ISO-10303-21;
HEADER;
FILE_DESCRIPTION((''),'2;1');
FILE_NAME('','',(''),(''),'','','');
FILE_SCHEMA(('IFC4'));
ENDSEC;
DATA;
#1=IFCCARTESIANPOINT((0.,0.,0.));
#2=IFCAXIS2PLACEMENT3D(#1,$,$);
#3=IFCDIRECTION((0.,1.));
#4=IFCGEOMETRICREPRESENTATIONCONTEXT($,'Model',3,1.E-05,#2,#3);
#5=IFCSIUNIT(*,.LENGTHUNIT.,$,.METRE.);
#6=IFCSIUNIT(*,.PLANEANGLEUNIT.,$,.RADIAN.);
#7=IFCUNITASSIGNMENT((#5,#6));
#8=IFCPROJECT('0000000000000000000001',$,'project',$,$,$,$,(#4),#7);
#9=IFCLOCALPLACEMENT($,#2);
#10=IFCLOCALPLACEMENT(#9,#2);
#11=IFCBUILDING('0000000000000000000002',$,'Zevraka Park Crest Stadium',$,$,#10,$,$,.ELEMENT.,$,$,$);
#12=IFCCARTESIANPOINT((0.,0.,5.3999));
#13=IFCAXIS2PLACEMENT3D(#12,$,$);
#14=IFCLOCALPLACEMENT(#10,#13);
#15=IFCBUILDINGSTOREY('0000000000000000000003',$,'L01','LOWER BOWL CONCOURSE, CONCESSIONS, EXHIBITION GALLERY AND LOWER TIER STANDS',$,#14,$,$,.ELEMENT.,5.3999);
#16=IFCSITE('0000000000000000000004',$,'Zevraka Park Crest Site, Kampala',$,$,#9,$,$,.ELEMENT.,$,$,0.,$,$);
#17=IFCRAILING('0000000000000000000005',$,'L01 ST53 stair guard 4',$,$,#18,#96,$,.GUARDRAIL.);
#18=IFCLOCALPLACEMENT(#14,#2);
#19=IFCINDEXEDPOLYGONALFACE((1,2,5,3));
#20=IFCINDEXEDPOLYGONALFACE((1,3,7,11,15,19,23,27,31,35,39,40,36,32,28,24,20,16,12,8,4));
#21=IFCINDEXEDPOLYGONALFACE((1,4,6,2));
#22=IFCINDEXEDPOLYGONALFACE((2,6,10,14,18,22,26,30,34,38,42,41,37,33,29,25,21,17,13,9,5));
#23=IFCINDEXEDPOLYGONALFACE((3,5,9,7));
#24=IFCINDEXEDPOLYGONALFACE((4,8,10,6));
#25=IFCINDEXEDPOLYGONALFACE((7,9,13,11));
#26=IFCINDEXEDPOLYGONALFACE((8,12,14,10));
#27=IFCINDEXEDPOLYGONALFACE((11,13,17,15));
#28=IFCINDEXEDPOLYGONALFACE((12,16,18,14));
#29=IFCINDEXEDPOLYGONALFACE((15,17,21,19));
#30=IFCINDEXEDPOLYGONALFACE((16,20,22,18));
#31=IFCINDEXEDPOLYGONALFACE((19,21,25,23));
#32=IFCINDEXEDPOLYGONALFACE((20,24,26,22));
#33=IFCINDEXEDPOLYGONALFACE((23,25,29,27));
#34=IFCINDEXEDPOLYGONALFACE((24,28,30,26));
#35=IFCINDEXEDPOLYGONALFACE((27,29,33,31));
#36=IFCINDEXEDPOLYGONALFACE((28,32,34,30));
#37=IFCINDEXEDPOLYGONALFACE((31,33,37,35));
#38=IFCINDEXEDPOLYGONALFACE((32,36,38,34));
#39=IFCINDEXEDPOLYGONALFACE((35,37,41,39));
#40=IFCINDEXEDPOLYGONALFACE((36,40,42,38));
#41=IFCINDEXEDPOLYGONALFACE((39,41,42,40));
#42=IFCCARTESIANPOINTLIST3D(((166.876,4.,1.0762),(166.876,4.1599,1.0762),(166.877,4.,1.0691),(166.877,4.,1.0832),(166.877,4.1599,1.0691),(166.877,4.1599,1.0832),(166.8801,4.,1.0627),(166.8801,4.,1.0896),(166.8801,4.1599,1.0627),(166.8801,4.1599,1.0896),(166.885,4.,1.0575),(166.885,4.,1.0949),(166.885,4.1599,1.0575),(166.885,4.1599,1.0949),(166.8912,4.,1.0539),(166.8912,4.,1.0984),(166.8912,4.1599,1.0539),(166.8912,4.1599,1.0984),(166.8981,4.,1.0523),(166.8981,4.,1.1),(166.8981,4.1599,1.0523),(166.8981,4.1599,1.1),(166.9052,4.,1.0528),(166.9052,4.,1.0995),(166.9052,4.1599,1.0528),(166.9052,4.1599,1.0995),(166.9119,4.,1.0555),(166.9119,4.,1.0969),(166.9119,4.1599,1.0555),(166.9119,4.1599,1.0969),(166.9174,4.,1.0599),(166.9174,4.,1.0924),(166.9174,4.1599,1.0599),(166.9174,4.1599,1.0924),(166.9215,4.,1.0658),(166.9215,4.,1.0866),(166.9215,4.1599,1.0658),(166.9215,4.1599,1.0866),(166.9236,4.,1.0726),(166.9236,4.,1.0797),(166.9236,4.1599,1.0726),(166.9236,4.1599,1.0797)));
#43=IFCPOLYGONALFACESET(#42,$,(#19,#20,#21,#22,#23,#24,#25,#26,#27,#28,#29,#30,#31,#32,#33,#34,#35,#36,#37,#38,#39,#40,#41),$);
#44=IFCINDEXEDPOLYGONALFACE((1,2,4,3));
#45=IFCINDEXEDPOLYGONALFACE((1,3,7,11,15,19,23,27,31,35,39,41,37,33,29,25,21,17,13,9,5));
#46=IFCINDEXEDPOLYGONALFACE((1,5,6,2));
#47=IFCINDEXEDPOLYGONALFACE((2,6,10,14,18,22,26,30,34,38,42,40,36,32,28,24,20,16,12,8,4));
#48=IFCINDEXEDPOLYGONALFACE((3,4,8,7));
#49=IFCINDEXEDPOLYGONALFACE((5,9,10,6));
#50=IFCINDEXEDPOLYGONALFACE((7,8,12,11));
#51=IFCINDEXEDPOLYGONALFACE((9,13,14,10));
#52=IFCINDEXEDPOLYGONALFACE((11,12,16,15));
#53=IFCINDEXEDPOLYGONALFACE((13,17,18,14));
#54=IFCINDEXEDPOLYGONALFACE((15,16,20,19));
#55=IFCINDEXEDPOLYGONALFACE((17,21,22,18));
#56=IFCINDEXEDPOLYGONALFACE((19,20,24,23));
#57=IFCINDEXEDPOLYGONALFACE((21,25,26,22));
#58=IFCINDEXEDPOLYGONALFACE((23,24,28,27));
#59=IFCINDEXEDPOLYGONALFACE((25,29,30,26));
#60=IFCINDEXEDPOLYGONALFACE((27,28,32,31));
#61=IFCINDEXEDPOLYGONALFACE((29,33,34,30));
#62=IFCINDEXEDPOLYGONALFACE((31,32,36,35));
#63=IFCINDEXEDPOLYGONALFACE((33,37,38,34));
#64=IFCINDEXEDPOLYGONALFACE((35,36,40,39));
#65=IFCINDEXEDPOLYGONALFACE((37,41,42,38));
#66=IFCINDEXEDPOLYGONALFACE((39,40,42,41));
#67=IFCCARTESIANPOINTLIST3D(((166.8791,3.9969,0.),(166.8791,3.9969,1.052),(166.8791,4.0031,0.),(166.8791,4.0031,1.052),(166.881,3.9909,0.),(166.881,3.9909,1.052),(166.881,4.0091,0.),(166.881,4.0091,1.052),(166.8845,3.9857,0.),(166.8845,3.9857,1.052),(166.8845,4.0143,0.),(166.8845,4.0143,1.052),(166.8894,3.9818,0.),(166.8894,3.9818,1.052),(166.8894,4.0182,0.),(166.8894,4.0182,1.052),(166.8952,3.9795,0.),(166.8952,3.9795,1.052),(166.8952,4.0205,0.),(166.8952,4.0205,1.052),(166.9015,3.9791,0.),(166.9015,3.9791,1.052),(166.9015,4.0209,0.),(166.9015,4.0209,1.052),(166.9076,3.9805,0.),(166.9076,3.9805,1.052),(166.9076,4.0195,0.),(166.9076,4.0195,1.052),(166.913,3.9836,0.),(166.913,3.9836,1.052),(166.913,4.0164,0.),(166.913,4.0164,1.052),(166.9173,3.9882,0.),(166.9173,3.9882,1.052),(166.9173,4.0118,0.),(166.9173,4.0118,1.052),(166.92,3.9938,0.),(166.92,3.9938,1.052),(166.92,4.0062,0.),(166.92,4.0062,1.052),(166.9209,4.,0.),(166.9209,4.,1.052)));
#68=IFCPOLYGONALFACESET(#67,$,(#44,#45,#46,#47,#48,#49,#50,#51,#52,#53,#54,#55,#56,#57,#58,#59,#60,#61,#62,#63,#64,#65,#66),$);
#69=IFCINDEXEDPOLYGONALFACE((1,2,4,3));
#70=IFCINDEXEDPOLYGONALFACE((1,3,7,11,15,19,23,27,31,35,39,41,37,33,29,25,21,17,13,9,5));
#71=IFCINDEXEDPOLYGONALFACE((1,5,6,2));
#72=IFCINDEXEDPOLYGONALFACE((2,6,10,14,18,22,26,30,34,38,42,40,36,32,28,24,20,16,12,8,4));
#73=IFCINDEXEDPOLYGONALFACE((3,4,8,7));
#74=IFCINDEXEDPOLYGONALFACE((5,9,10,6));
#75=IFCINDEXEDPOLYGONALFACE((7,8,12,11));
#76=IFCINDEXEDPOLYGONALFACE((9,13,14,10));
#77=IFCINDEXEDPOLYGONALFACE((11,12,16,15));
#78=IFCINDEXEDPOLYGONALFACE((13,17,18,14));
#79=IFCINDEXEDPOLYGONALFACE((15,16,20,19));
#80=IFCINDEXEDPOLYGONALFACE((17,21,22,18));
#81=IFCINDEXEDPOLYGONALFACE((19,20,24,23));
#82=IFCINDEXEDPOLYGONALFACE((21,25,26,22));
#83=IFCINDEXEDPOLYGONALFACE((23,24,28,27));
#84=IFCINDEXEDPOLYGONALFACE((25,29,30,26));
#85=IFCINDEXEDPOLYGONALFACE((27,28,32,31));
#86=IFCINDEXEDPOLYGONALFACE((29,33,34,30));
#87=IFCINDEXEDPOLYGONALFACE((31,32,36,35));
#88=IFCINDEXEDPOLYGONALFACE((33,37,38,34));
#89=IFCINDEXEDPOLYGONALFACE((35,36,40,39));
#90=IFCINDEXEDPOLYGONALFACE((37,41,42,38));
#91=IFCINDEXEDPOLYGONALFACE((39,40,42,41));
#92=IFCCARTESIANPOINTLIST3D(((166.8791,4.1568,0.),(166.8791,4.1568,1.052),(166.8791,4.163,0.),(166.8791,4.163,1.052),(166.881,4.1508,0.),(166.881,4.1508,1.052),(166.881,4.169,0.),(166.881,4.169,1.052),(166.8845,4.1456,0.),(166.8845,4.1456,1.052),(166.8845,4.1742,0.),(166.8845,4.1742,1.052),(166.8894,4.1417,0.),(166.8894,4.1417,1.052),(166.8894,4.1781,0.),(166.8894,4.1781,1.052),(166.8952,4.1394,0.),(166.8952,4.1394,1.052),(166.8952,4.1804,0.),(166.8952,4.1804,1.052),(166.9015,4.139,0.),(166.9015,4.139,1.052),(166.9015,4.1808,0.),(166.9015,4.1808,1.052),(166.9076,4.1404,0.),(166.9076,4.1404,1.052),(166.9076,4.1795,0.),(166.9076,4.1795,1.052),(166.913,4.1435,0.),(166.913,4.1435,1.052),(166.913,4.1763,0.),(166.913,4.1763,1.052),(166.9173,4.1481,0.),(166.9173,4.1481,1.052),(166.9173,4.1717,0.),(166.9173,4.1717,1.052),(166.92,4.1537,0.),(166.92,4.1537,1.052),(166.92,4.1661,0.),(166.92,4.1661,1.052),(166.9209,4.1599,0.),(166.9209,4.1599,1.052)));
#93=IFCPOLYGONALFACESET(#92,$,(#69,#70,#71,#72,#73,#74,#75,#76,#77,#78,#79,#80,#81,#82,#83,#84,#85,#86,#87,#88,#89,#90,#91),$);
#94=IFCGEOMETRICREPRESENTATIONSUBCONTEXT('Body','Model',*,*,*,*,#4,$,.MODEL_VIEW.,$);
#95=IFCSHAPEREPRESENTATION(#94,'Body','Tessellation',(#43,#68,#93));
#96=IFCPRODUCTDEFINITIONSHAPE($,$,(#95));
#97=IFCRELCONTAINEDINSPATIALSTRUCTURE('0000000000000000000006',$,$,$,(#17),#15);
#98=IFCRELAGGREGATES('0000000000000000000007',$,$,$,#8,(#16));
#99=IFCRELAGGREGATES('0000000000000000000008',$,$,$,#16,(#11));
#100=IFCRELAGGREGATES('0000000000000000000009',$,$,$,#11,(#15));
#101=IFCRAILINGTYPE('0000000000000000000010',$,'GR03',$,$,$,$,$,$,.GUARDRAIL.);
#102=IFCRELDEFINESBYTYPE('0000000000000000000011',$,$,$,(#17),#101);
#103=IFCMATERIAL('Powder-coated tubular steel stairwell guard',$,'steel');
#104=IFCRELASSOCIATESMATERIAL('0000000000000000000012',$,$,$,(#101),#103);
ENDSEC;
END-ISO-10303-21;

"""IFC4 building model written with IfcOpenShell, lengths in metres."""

from ifc_helpers import new_model, si_unit, direction, frame, origin, origin_2d, place, context, subcontext, project, spatial, circle, extrude, material, type_object, element, save


model = new_model("IFC4")

# Units and contexts
model_context = context("Model", 3, precision=1e-05, world=origin(), true_north=direction((0.0, 1.0)))
body_context = subcontext(model_context, "Body", "Model", "MODEL_VIEW")
ifc_project = project(units=[si_unit("LENGTHUNIT", "METRE"), si_unit("PLANEANGLEUNIT", "RADIAN")], contexts=[model_context])

# Site, building, storey
site_placement = place(None, origin())
site = spatial("IfcSite", under=ifc_project, at=site_placement, Name="Zevraka Park Crest Site, Kampala", CompositionType="ELEMENT", RefElevation=0.0)
building_placement = place(site_placement, origin())
building = spatial("IfcBuilding", under=site, at=building_placement, Name="Zevraka Park Crest Stadium", CompositionType="ELEMENT")
storey_placement = place(building_placement, frame((0.0, 0.0, 5.3999)))
storey = spatial("IfcBuildingStorey", under=building, at=storey_placement, Name="L01", Description="LOWER BOWL CONCOURSE, CONCESSIONS, EXHIBITION GALLERY AND LOWER TIER STANDS", CompositionType="ELEMENT", Elevation=5.3999)

# Railing
ifc_material_1 = material(Name="Powder-coated tubular steel stairwell guard", Category="steel")
railing_type_1 = type_object("IfcRailingType", Name="GR03", PredefinedType="GUARDRAIL", material=ifc_material_1)
railing_1_placement = place(storey_placement, frame((166.8999, 4.0, 0.0)))
element("IfcRailing", 1, at=railing_1_placement, inside=storey, type_object=railing_type_1, Name="L01 ST53 stair guard 4", PredefinedType="GUARDRAIL", context=body_context, shape_type="SweptSolid", body=[
    extrude(circle(Radius=0.0239, at=origin_2d()), frame((0.0, 0.0, 1.0762), z_axis=(0.0, 1.0, 0.0), x_axis=(-1.0, 0.0, 0.0)), (0.0, 0.0, 1.0), 0.1599),
    extrude(circle(Radius=0.021, at=origin_2d()), origin(), (0.0, 0.0, 1.0), 1.052),
    extrude(circle(Radius=0.021, at=origin_2d()), frame((0.0, 0.1599, 0.0)), (0.0, 0.0, 1.0), 1.052),
])

save(model, "model.ifc")
